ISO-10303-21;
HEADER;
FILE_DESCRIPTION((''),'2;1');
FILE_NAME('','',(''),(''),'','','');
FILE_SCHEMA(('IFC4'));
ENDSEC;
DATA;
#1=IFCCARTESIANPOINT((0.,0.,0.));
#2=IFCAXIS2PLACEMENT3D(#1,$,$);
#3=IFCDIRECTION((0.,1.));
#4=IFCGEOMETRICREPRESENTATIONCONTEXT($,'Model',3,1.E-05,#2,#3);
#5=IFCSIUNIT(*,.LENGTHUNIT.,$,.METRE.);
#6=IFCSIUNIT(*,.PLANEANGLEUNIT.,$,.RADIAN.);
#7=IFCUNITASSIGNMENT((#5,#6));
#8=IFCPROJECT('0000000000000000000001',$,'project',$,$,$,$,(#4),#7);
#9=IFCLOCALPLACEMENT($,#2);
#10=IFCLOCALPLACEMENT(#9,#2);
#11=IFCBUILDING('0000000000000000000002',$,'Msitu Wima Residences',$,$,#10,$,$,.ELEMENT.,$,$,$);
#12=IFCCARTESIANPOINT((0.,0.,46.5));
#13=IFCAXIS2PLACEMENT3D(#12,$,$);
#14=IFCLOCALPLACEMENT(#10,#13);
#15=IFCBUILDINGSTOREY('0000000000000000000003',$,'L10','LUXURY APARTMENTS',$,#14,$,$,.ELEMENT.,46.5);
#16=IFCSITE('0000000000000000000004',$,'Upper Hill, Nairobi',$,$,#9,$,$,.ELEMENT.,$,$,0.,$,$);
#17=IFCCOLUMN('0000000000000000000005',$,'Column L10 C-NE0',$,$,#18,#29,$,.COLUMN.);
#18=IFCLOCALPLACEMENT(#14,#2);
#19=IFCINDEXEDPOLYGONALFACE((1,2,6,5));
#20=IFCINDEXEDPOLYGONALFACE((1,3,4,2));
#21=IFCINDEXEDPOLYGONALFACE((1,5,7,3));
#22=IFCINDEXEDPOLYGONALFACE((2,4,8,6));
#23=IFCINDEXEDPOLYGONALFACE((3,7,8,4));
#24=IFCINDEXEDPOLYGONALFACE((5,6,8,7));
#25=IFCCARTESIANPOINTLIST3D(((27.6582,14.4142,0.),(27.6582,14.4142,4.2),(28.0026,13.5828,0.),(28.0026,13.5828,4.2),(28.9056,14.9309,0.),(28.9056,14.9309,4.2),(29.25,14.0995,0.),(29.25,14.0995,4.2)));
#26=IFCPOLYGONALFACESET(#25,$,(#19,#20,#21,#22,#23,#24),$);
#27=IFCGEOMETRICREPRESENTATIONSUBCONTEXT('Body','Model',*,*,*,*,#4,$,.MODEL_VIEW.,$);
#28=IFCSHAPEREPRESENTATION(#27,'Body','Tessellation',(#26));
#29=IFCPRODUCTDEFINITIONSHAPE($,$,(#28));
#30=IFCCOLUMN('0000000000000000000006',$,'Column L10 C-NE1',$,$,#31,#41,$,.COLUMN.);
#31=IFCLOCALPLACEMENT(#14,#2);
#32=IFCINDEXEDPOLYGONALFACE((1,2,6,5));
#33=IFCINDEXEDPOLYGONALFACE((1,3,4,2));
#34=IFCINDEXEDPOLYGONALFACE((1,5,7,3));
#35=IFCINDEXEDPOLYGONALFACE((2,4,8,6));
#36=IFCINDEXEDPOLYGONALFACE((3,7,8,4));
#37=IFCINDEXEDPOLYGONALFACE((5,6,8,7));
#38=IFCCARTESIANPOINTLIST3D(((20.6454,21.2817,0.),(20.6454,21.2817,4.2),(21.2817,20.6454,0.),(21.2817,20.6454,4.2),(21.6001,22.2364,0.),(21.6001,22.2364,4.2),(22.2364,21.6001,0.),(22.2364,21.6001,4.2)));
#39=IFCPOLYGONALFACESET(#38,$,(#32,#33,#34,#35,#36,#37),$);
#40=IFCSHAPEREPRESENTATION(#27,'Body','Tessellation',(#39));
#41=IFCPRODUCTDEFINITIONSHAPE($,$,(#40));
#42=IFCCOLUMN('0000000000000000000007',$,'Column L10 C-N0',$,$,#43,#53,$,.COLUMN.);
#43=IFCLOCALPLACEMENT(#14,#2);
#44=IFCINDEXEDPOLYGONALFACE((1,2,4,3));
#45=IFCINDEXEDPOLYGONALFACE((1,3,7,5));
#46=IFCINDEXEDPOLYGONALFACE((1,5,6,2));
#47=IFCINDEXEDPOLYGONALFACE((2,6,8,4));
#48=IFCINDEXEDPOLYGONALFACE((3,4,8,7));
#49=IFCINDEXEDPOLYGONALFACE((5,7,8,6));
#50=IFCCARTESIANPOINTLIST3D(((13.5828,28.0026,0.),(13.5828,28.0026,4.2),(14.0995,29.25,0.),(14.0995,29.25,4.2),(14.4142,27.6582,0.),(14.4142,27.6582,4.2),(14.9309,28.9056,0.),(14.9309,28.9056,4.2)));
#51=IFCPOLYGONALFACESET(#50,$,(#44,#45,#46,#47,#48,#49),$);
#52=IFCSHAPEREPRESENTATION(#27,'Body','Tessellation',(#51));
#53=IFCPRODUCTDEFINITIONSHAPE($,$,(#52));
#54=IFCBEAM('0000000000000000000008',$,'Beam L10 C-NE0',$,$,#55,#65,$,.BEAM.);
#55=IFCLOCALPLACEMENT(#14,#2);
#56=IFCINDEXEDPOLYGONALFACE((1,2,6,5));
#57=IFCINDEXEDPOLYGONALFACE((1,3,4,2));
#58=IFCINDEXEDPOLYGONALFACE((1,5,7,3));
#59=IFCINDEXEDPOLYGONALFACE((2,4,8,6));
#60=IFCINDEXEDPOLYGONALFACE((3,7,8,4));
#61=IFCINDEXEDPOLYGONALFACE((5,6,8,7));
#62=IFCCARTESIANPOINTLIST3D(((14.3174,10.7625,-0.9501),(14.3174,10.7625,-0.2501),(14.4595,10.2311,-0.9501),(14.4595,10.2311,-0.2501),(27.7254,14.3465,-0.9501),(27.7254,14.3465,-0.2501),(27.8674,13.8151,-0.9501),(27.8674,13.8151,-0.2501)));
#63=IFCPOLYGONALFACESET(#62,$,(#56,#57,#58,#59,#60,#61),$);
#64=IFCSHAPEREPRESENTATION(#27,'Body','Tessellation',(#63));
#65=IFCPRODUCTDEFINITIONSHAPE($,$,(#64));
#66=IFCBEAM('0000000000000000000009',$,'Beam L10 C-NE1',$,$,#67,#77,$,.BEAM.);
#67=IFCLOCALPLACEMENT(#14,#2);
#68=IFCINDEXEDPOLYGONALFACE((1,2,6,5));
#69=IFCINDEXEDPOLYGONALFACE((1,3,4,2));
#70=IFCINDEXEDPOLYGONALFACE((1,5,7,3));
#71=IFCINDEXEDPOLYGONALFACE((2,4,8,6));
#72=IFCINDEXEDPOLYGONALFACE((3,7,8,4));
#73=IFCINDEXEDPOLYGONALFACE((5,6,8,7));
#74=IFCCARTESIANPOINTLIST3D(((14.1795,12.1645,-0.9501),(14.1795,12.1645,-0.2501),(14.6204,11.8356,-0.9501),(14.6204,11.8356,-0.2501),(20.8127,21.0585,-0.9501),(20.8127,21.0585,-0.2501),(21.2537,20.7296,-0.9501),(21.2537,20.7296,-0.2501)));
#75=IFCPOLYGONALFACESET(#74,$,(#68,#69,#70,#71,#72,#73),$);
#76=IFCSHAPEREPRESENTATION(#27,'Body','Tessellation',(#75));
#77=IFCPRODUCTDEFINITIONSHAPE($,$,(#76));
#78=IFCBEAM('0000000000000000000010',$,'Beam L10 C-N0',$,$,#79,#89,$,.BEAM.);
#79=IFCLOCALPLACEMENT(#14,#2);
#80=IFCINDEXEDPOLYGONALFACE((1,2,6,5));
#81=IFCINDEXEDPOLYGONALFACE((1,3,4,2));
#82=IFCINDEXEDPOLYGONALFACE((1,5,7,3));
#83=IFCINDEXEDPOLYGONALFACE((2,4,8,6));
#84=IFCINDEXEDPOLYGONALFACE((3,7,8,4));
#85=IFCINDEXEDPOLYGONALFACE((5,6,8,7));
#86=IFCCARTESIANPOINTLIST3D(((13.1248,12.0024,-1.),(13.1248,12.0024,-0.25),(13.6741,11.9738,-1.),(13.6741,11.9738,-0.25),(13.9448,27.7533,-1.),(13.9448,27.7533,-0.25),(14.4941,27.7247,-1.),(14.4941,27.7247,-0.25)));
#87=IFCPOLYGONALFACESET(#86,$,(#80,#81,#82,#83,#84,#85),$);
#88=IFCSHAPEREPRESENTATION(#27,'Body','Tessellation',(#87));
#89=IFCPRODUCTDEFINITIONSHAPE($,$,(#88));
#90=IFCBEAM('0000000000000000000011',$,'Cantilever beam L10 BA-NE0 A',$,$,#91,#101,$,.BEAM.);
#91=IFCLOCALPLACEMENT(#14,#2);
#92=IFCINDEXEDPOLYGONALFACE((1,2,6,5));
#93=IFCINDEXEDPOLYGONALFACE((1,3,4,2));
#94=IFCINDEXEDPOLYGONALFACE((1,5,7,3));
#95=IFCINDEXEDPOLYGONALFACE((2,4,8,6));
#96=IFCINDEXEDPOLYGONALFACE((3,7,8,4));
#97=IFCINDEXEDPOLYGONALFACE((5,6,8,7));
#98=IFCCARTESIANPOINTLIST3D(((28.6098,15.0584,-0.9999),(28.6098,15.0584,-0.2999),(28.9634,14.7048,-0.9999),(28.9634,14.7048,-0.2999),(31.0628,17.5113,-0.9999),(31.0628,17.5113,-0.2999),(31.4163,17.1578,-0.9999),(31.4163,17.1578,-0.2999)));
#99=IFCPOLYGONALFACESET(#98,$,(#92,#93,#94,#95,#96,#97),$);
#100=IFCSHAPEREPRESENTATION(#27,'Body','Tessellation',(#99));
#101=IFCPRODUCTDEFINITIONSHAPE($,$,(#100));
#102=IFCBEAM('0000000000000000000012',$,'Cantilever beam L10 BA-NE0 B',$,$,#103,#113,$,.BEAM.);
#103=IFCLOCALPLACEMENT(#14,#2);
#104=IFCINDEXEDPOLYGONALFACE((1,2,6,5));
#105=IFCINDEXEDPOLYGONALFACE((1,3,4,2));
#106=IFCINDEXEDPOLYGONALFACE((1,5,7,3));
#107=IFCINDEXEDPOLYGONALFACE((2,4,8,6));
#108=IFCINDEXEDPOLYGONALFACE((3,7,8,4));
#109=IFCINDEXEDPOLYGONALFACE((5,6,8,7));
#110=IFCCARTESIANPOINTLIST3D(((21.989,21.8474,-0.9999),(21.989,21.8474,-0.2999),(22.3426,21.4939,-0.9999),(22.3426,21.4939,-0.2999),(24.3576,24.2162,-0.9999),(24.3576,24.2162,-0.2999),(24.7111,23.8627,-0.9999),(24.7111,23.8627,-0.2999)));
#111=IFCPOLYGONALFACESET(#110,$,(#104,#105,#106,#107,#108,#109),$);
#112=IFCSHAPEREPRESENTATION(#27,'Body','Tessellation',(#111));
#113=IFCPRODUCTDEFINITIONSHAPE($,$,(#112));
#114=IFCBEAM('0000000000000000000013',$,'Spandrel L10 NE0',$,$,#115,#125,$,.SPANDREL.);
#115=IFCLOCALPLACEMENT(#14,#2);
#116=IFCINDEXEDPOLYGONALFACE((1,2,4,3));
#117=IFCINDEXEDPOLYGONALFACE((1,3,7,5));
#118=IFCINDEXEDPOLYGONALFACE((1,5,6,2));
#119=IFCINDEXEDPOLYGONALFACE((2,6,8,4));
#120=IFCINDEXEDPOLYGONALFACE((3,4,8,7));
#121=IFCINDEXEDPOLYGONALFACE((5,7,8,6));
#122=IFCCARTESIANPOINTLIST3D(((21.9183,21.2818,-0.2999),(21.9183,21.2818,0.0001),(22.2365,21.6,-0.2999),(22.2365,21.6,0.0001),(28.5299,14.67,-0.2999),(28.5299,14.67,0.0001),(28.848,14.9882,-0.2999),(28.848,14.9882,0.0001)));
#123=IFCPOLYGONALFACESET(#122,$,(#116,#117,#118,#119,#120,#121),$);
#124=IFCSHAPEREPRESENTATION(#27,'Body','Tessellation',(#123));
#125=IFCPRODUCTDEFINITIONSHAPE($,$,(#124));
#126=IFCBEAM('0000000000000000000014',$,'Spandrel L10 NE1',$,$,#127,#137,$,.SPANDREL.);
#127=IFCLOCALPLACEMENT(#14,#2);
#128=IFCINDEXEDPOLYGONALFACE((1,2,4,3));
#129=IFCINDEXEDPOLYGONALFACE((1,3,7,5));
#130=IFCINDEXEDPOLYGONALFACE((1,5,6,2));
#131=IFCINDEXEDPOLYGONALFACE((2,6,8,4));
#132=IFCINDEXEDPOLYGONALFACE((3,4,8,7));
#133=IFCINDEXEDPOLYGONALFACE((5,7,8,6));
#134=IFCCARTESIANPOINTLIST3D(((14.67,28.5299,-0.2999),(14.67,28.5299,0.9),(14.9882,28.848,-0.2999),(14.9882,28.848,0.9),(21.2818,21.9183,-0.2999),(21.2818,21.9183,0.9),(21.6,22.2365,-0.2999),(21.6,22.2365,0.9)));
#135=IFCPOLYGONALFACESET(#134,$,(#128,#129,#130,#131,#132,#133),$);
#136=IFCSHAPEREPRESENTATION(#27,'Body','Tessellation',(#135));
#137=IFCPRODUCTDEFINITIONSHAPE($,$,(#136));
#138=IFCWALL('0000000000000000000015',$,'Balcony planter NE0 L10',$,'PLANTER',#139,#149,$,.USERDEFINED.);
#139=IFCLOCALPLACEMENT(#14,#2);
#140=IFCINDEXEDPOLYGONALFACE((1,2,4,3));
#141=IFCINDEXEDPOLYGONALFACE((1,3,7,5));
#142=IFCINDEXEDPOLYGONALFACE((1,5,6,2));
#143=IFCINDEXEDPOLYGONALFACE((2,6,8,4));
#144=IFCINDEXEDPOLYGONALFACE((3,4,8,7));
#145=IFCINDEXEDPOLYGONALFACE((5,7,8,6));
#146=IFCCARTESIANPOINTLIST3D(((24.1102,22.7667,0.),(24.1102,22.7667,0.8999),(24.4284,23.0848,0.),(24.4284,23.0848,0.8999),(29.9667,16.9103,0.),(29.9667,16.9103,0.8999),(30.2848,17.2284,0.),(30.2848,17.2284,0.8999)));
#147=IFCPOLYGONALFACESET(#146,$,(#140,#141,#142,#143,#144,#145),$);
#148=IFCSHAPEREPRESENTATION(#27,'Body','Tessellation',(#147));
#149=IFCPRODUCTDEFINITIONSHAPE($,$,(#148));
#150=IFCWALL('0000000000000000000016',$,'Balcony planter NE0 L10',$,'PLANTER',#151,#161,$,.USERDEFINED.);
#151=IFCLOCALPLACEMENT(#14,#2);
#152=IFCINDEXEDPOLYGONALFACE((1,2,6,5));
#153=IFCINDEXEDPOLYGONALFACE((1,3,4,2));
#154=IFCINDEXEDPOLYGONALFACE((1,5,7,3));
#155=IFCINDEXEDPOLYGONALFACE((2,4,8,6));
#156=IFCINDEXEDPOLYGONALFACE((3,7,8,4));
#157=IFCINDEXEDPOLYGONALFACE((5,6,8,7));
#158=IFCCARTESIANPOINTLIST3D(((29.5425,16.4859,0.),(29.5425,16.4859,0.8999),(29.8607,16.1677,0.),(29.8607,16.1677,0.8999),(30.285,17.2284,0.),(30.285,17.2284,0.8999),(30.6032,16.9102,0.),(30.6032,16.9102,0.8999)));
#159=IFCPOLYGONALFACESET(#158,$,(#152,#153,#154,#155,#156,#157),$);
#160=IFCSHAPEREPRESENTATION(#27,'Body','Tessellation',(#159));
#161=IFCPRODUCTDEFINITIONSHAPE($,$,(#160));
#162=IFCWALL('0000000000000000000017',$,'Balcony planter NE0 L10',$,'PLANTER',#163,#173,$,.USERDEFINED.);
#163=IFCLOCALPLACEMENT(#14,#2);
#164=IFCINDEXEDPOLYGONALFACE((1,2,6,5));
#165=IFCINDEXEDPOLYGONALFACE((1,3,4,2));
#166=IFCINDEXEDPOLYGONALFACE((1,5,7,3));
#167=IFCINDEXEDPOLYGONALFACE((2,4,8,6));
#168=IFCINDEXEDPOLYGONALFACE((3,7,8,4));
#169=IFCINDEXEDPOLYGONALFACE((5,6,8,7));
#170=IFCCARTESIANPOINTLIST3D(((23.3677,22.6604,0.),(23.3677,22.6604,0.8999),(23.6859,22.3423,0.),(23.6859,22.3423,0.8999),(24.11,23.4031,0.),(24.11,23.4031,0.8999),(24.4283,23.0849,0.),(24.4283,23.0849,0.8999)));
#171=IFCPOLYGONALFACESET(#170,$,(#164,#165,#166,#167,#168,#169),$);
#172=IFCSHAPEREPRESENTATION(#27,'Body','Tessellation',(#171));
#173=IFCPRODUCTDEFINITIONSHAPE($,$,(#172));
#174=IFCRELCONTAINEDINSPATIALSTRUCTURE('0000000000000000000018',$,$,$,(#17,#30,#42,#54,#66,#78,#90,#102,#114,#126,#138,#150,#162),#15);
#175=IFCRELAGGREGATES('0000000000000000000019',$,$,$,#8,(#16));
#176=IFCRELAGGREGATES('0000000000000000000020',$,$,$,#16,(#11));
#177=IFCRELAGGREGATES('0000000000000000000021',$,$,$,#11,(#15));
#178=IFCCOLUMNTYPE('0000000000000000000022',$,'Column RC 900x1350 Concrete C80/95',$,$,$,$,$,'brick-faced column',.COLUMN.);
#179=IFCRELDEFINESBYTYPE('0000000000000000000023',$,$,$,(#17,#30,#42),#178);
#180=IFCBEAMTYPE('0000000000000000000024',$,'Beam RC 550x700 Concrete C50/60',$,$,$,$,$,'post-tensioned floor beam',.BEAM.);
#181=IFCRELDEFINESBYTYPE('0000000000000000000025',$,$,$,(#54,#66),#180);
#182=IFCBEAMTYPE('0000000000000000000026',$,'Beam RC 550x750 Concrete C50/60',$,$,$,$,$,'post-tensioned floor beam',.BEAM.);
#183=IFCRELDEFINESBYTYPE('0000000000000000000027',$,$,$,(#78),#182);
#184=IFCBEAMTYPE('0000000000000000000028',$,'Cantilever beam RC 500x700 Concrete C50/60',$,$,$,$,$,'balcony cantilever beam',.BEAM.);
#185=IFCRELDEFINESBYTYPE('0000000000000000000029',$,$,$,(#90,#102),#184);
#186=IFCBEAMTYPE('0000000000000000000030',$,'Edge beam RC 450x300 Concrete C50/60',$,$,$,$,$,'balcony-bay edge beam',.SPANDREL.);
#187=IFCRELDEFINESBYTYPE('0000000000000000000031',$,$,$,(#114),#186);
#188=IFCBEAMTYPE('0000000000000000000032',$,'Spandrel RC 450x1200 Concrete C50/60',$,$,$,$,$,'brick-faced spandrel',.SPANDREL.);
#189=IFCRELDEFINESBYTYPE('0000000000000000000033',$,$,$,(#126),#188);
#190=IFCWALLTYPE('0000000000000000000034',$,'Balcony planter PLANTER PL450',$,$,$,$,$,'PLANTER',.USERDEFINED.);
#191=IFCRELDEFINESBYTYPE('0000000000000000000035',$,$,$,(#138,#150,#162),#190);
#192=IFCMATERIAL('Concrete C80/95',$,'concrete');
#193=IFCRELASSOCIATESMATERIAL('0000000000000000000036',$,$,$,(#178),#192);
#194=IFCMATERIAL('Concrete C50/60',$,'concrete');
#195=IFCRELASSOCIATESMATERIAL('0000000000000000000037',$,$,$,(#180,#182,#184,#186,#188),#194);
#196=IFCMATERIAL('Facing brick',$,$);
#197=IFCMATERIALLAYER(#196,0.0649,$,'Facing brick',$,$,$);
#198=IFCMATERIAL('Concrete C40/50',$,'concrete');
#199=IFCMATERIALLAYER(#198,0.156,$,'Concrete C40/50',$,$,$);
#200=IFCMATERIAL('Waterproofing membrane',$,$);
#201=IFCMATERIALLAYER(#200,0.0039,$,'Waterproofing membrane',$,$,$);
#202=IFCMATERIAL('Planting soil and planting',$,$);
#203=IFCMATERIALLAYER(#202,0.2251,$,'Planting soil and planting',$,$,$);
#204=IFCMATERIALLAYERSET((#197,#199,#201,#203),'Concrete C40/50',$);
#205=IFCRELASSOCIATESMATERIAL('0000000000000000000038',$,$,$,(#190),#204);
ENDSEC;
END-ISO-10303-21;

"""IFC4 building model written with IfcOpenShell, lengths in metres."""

from ifc_helpers import new_model, si_unit, direction, frame, frame_2d, origin, origin_2d, place, context, subcontext, project, spatial, rectangle, extrude, material, layer, layer_set, material_profile, profile_set, type_object, element, save


model = new_model("IFC4")

# Units and contexts
model_context = context("Model", 3, precision=1e-05, world=origin(), true_north=direction((0.0, 1.0)))
body_context = subcontext(model_context, "Body", "Model", "MODEL_VIEW")
ifc_project = project(units=[si_unit("LENGTHUNIT", "METRE"), si_unit("PLANEANGLEUNIT", "RADIAN")], contexts=[model_context])

# Site, building, storey
site_placement = place(None, origin())
site = spatial("IfcSite", under=ifc_project, at=site_placement, Name="Upper Hill, Nairobi", CompositionType="ELEMENT", RefElevation=0.0)
building_placement = place(site_placement, origin())
building = spatial("IfcBuilding", under=site, at=building_placement, Name="Msitu Wima Residences", CompositionType="ELEMENT")
storey_placement = place(building_placement, frame((0.0, 0.0, 46.5)))
storey = spatial("IfcBuildingStorey", under=building, at=storey_placement, Name="L10", Description="LUXURY APARTMENTS", CompositionType="ELEMENT", Elevation=46.5)

# Columns
ifc_material_1 = material(Name="Concrete C80/95", Category="concrete")
ifc_material_profile_1 = material_profile(ifc_material_1, rectangle(XDim=0.8999, YDim=1.3501, at=origin_2d()), Name="RC 900x1350")
ifc_profile_set_1 = profile_set([ifc_material_profile_1], Name="Concrete C80/95")
column_type = type_object("IfcColumnType", Name="Column RC 900x1350 Concrete C80/95", ElementType="brick-faced column", PredefinedType="COLUMN", material=ifc_profile_set_1)
for number, where, z_axis, x_axis, name in (
    (1, (28.4541, 14.2568, 0.0), (0.0, 0.0, 1.0), (-0.382683, 0.92388, 0.0), "Column L10 C-NE0"),
    (2, (21.4409, 21.4409, 0.0), (0.0, 0.0, 1.0), (-0.707107, 0.707107, 0.0), "Column L10 C-NE1"),
    (3, (14.2568, 28.4541, 0.0), (0.0, 0.0, 1.0), (-0.92388, 0.382683, 0.0), "Column L10 C-N0"),
):
    element("IfcColumn", number, at=place(storey_placement, frame(where, z_axis=z_axis, x_axis=x_axis)), inside=storey, type_object=column_type, Name=name, PredefinedType="COLUMN", context=body_context, shape_type="SweptSolid", body=[
        extrude(rectangle(XDim=0.8999, YDim=1.3501, at=origin_2d()), origin(), (0.0, 0.0, 1.0), 4.2),
    ])

# Beams
ifc_material_2 = material(Name="Concrete C50/60", Category="concrete")
ifc_material_profile_2 = material_profile(ifc_material_2, rectangle(XDim=0.55, YDim=0.7, at=origin_2d()), Name="RC 550x700")
ifc_profile_set_2 = profile_set([ifc_material_profile_2], Name="Concrete C50/60")
beam_type_1 = type_object("IfcBeamType", Name="Beam RC 550x700 Concrete C50/60", ElementType="post-tensioned floor beam", PredefinedType="BEAM", material=ifc_profile_set_2)
beam_1_placement = place(storey_placement, frame((27.7964, 14.0808, -0.6001), z_axis=(-0.966082, -0.258236, 0.0), x_axis=(0.258236, -0.966082, 0.0)))
element("IfcBeam", 4, at=beam_1_placement, inside=storey, type_object=beam_type_1, Name="Beam L10 C-NE0", PredefinedType="BEAM", context=body_context, shape_type="SweptSolid", body=[
    extrude(rectangle(XDim=0.55, YDim=0.7, at=origin_2d()), origin(), (0.0, 0.0, 1.0), 13.8787),
])
beam_2_placement = place(storey_placement, frame((21.0332, 20.894, -0.6001), z_axis=(-0.59785, -0.801608, 0.0), x_axis=(0.801608, -0.59785, 0.0)))
element("IfcBeam", 5, at=beam_2_placement, inside=storey, type_object=beam_type_1, Name="Beam L10 C-NE1", PredefinedType="BEAM", context=body_context, shape_type="SweptSolid", body=[
    extrude(rectangle(XDim=0.55, YDim=0.7, at=origin_2d()), origin(), (0.0, 0.0, 1.0), 11.0952),
])
ifc_material_profile_3 = material_profile(ifc_material_2, rectangle(XDim=0.55, YDim=0.75, at=origin_2d()), Name="RC 550x750")
ifc_profile_set_3 = profile_set([ifc_material_profile_3], Name="Concrete C50/60")
beam_type_2 = type_object("IfcBeamType", Name="Beam RC 550x750 Concrete C50/60", ElementType="post-tensioned floor beam", PredefinedType="BEAM", material=ifc_profile_set_3)
beam_3_placement = place(storey_placement, frame((14.2195, 27.739, -0.625), z_axis=(-0.051994, -0.998647, 0.0), x_axis=(0.998647, -0.051994, 0.0)))
element("IfcBeam", 6, at=beam_3_placement, inside=storey, type_object=beam_type_2, Name="Beam L10 C-N0", PredefinedType="BEAM", context=body_context, shape_type="SweptSolid", body=[
    extrude(rectangle(XDim=0.55, YDim=0.75, at=origin_2d()), origin(), (0.0, 0.0, 1.0), 15.7722),
])
ifc_material_profile_4 = material_profile(ifc_material_2, rectangle(XDim=0.5, YDim=0.7, at=origin_2d()), Name="RC 500x700")
ifc_profile_set_4 = profile_set([ifc_material_profile_4], Name="Concrete C50/60")
beam_type_3 = type_object("IfcBeamType", Name="Cantilever beam RC 500x700 Concrete C50/60", ElementType="balcony cantilever beam", PredefinedType="BEAM", material=ifc_profile_set_4)
beam_4_placement = place(storey_placement, frame((28.7866, 14.8816, -0.6499), z_axis=(0.707107, 0.707107, 0.0), x_axis=(-0.707107, 0.707107, 0.0)))
element("IfcBeam", 7, at=beam_4_placement, inside=storey, type_object=beam_type_3, Name="Cantilever beam L10 BA-NE0 A", PredefinedType="BEAM", context=body_context, shape_type="SweptSolid", body=[
    extrude(rectangle(XDim=0.5, YDim=0.7, at=origin_2d()), origin(), (0.0, 0.0, 1.0), 3.469),
])
beam_5_placement = place(storey_placement, frame((22.1658, 21.6707, -0.6499), z_axis=(0.70707, 0.707143, 0.0), x_axis=(-0.707143, 0.70707, 0.0)))
element("IfcBeam", 8, at=beam_5_placement, inside=storey, type_object=beam_type_3, Name="Cantilever beam L10 BA-NE0 B", PredefinedType="BEAM", context=body_context, shape_type="SweptSolid", body=[
    extrude(rectangle(XDim=0.5, YDim=0.7, at=origin_2d()), origin(), (0.0, 0.0, 1.0), 3.3499),
])
ifc_material_profile_5 = material_profile(ifc_material_2, rectangle(XDim=0.45, YDim=0.3, at=origin_2d()), Name="RC 450x300")
ifc_profile_set_5 = profile_set([ifc_material_profile_5], Name="Concrete C50/60")
beam_type_4 = type_object("IfcBeamType", Name="Edge beam RC 450x300 Concrete C50/60", ElementType="balcony-bay edge beam", PredefinedType="SPANDREL", material=ifc_profile_set_5)
beam_6_placement = place(storey_placement, frame((28.689, 14.8291, -0.1499), z_axis=(-0.707094, 0.70712, 0.0), x_axis=(-0.70712, -0.707094, 0.0)))
element("IfcBeam", 9, at=beam_6_placement, inside=storey, type_object=beam_type_4, Name="Spandrel L10 NE0", PredefinedType="SPANDREL", context=body_context, shape_type="SweptSolid", body=[
    extrude(rectangle(XDim=0.45, YDim=0.3, at=origin_2d()), origin(), (0.0, 0.0, 1.0), 9.3503),
])
ifc_material_profile_6 = material_profile(ifc_material_2, rectangle(XDim=0.45, YDim=1.2, at=origin_2d()), Name="RC 450x1200")
ifc_profile_set_6 = profile_set([ifc_material_profile_6], Name="Concrete C50/60")
beam_type_5 = type_object("IfcBeamType", Name="Spandrel RC 450x1200 Concrete C50/60", ElementType="brick-faced spandrel", PredefinedType="SPANDREL", material=ifc_profile_set_6)
beam_7_placement = place(storey_placement, frame((21.4409, 22.0774, 0.3), z_axis=(-0.70712, 0.707094, 0.0), x_axis=(-0.707094, -0.70712, 0.0)))
element("IfcBeam", 10, at=beam_7_placement, inside=storey, type_object=beam_type_5, Name="Spandrel L10 NE1", PredefinedType="SPANDREL", context=body_context, shape_type="SweptSolid", body=[
    extrude(rectangle(XDim=0.45, YDim=1.2, at=origin_2d()), origin(), (0.0, 0.0, 1.0), 9.3503),
])

# Walls
ifc_material_3 = material(Name="Facing brick")
ifc_layer_1 = layer(ifc_material_3, 0.0649, Name="Facing brick")
ifc_material_4 = material(Name="Concrete C40/50", Category="concrete")
ifc_layer_2 = layer(ifc_material_4, 0.156, Name="Concrete C40/50")
ifc_material_5 = material(Name="Waterproofing membrane")
ifc_layer_3 = layer(ifc_material_5, 0.0039, Name="Waterproofing membrane")
ifc_material_6 = material(Name="Planting soil and planting")
ifc_layer_4 = layer(ifc_material_6, 0.2251, Name="Planting soil and planting")
ifc_layer_set_1 = layer_set([ifc_layer_1, ifc_layer_2, ifc_layer_3, ifc_layer_4], Name="Concrete C40/50")
wall_type_1 = type_object("IfcWallType", Name="Balcony planter PLANTER PL450", ElementType="PLANTER", PredefinedType="USERDEFINED", material=ifc_layer_set_1)
wall_1_placement = place(storey_placement, frame((30.1257, 17.0693, 0.0), z_axis=(0.0, 0.0, 1.0), x_axis=(-0.707107, 0.707107, 0.0)))
element("IfcWall", 11, at=wall_1_placement, inside=storey, type_object=wall_type_1, Name="Balcony planter NE0 L10", ObjectType="PLANTER", PredefinedType="USERDEFINED", context=body_context, shape_type="SweptSolid", body=[
    extrude(rectangle(XDim=8.2822, YDim=0.45, at=frame_2d((4.1411, 0.0))), origin(), (0.0, 0.0, 1.0), 0.8999),
])
for number, where, z_axis, x_axis, name in (
    (12, (29.7017, 16.3269, 0.0), (0.0, 0.0, 1.0), (0.707107, 0.707107, 0.0), "Balcony planter NE0 L10"),
    (13, (23.5269, 22.5015, 0.0), (0.0, 0.0, 1.0), (0.706991, 0.707223, 0.0), "Balcony planter NE0 L10"),
):
    element("IfcWall", number, at=place(storey_placement, frame(where, z_axis=z_axis, x_axis=x_axis)), inside=storey, type_object=wall_type_1, Name=name, ObjectType="PLANTER", PredefinedType="USERDEFINED", context=body_context, shape_type="SweptSolid", body=[
        extrude(rectangle(XDim=1.05, YDim=0.45, at=frame_2d((0.5249, 0.0))), origin(), (0.0, 0.0, 1.0), 0.8999),
    ])

save(model, "model.ifc")
